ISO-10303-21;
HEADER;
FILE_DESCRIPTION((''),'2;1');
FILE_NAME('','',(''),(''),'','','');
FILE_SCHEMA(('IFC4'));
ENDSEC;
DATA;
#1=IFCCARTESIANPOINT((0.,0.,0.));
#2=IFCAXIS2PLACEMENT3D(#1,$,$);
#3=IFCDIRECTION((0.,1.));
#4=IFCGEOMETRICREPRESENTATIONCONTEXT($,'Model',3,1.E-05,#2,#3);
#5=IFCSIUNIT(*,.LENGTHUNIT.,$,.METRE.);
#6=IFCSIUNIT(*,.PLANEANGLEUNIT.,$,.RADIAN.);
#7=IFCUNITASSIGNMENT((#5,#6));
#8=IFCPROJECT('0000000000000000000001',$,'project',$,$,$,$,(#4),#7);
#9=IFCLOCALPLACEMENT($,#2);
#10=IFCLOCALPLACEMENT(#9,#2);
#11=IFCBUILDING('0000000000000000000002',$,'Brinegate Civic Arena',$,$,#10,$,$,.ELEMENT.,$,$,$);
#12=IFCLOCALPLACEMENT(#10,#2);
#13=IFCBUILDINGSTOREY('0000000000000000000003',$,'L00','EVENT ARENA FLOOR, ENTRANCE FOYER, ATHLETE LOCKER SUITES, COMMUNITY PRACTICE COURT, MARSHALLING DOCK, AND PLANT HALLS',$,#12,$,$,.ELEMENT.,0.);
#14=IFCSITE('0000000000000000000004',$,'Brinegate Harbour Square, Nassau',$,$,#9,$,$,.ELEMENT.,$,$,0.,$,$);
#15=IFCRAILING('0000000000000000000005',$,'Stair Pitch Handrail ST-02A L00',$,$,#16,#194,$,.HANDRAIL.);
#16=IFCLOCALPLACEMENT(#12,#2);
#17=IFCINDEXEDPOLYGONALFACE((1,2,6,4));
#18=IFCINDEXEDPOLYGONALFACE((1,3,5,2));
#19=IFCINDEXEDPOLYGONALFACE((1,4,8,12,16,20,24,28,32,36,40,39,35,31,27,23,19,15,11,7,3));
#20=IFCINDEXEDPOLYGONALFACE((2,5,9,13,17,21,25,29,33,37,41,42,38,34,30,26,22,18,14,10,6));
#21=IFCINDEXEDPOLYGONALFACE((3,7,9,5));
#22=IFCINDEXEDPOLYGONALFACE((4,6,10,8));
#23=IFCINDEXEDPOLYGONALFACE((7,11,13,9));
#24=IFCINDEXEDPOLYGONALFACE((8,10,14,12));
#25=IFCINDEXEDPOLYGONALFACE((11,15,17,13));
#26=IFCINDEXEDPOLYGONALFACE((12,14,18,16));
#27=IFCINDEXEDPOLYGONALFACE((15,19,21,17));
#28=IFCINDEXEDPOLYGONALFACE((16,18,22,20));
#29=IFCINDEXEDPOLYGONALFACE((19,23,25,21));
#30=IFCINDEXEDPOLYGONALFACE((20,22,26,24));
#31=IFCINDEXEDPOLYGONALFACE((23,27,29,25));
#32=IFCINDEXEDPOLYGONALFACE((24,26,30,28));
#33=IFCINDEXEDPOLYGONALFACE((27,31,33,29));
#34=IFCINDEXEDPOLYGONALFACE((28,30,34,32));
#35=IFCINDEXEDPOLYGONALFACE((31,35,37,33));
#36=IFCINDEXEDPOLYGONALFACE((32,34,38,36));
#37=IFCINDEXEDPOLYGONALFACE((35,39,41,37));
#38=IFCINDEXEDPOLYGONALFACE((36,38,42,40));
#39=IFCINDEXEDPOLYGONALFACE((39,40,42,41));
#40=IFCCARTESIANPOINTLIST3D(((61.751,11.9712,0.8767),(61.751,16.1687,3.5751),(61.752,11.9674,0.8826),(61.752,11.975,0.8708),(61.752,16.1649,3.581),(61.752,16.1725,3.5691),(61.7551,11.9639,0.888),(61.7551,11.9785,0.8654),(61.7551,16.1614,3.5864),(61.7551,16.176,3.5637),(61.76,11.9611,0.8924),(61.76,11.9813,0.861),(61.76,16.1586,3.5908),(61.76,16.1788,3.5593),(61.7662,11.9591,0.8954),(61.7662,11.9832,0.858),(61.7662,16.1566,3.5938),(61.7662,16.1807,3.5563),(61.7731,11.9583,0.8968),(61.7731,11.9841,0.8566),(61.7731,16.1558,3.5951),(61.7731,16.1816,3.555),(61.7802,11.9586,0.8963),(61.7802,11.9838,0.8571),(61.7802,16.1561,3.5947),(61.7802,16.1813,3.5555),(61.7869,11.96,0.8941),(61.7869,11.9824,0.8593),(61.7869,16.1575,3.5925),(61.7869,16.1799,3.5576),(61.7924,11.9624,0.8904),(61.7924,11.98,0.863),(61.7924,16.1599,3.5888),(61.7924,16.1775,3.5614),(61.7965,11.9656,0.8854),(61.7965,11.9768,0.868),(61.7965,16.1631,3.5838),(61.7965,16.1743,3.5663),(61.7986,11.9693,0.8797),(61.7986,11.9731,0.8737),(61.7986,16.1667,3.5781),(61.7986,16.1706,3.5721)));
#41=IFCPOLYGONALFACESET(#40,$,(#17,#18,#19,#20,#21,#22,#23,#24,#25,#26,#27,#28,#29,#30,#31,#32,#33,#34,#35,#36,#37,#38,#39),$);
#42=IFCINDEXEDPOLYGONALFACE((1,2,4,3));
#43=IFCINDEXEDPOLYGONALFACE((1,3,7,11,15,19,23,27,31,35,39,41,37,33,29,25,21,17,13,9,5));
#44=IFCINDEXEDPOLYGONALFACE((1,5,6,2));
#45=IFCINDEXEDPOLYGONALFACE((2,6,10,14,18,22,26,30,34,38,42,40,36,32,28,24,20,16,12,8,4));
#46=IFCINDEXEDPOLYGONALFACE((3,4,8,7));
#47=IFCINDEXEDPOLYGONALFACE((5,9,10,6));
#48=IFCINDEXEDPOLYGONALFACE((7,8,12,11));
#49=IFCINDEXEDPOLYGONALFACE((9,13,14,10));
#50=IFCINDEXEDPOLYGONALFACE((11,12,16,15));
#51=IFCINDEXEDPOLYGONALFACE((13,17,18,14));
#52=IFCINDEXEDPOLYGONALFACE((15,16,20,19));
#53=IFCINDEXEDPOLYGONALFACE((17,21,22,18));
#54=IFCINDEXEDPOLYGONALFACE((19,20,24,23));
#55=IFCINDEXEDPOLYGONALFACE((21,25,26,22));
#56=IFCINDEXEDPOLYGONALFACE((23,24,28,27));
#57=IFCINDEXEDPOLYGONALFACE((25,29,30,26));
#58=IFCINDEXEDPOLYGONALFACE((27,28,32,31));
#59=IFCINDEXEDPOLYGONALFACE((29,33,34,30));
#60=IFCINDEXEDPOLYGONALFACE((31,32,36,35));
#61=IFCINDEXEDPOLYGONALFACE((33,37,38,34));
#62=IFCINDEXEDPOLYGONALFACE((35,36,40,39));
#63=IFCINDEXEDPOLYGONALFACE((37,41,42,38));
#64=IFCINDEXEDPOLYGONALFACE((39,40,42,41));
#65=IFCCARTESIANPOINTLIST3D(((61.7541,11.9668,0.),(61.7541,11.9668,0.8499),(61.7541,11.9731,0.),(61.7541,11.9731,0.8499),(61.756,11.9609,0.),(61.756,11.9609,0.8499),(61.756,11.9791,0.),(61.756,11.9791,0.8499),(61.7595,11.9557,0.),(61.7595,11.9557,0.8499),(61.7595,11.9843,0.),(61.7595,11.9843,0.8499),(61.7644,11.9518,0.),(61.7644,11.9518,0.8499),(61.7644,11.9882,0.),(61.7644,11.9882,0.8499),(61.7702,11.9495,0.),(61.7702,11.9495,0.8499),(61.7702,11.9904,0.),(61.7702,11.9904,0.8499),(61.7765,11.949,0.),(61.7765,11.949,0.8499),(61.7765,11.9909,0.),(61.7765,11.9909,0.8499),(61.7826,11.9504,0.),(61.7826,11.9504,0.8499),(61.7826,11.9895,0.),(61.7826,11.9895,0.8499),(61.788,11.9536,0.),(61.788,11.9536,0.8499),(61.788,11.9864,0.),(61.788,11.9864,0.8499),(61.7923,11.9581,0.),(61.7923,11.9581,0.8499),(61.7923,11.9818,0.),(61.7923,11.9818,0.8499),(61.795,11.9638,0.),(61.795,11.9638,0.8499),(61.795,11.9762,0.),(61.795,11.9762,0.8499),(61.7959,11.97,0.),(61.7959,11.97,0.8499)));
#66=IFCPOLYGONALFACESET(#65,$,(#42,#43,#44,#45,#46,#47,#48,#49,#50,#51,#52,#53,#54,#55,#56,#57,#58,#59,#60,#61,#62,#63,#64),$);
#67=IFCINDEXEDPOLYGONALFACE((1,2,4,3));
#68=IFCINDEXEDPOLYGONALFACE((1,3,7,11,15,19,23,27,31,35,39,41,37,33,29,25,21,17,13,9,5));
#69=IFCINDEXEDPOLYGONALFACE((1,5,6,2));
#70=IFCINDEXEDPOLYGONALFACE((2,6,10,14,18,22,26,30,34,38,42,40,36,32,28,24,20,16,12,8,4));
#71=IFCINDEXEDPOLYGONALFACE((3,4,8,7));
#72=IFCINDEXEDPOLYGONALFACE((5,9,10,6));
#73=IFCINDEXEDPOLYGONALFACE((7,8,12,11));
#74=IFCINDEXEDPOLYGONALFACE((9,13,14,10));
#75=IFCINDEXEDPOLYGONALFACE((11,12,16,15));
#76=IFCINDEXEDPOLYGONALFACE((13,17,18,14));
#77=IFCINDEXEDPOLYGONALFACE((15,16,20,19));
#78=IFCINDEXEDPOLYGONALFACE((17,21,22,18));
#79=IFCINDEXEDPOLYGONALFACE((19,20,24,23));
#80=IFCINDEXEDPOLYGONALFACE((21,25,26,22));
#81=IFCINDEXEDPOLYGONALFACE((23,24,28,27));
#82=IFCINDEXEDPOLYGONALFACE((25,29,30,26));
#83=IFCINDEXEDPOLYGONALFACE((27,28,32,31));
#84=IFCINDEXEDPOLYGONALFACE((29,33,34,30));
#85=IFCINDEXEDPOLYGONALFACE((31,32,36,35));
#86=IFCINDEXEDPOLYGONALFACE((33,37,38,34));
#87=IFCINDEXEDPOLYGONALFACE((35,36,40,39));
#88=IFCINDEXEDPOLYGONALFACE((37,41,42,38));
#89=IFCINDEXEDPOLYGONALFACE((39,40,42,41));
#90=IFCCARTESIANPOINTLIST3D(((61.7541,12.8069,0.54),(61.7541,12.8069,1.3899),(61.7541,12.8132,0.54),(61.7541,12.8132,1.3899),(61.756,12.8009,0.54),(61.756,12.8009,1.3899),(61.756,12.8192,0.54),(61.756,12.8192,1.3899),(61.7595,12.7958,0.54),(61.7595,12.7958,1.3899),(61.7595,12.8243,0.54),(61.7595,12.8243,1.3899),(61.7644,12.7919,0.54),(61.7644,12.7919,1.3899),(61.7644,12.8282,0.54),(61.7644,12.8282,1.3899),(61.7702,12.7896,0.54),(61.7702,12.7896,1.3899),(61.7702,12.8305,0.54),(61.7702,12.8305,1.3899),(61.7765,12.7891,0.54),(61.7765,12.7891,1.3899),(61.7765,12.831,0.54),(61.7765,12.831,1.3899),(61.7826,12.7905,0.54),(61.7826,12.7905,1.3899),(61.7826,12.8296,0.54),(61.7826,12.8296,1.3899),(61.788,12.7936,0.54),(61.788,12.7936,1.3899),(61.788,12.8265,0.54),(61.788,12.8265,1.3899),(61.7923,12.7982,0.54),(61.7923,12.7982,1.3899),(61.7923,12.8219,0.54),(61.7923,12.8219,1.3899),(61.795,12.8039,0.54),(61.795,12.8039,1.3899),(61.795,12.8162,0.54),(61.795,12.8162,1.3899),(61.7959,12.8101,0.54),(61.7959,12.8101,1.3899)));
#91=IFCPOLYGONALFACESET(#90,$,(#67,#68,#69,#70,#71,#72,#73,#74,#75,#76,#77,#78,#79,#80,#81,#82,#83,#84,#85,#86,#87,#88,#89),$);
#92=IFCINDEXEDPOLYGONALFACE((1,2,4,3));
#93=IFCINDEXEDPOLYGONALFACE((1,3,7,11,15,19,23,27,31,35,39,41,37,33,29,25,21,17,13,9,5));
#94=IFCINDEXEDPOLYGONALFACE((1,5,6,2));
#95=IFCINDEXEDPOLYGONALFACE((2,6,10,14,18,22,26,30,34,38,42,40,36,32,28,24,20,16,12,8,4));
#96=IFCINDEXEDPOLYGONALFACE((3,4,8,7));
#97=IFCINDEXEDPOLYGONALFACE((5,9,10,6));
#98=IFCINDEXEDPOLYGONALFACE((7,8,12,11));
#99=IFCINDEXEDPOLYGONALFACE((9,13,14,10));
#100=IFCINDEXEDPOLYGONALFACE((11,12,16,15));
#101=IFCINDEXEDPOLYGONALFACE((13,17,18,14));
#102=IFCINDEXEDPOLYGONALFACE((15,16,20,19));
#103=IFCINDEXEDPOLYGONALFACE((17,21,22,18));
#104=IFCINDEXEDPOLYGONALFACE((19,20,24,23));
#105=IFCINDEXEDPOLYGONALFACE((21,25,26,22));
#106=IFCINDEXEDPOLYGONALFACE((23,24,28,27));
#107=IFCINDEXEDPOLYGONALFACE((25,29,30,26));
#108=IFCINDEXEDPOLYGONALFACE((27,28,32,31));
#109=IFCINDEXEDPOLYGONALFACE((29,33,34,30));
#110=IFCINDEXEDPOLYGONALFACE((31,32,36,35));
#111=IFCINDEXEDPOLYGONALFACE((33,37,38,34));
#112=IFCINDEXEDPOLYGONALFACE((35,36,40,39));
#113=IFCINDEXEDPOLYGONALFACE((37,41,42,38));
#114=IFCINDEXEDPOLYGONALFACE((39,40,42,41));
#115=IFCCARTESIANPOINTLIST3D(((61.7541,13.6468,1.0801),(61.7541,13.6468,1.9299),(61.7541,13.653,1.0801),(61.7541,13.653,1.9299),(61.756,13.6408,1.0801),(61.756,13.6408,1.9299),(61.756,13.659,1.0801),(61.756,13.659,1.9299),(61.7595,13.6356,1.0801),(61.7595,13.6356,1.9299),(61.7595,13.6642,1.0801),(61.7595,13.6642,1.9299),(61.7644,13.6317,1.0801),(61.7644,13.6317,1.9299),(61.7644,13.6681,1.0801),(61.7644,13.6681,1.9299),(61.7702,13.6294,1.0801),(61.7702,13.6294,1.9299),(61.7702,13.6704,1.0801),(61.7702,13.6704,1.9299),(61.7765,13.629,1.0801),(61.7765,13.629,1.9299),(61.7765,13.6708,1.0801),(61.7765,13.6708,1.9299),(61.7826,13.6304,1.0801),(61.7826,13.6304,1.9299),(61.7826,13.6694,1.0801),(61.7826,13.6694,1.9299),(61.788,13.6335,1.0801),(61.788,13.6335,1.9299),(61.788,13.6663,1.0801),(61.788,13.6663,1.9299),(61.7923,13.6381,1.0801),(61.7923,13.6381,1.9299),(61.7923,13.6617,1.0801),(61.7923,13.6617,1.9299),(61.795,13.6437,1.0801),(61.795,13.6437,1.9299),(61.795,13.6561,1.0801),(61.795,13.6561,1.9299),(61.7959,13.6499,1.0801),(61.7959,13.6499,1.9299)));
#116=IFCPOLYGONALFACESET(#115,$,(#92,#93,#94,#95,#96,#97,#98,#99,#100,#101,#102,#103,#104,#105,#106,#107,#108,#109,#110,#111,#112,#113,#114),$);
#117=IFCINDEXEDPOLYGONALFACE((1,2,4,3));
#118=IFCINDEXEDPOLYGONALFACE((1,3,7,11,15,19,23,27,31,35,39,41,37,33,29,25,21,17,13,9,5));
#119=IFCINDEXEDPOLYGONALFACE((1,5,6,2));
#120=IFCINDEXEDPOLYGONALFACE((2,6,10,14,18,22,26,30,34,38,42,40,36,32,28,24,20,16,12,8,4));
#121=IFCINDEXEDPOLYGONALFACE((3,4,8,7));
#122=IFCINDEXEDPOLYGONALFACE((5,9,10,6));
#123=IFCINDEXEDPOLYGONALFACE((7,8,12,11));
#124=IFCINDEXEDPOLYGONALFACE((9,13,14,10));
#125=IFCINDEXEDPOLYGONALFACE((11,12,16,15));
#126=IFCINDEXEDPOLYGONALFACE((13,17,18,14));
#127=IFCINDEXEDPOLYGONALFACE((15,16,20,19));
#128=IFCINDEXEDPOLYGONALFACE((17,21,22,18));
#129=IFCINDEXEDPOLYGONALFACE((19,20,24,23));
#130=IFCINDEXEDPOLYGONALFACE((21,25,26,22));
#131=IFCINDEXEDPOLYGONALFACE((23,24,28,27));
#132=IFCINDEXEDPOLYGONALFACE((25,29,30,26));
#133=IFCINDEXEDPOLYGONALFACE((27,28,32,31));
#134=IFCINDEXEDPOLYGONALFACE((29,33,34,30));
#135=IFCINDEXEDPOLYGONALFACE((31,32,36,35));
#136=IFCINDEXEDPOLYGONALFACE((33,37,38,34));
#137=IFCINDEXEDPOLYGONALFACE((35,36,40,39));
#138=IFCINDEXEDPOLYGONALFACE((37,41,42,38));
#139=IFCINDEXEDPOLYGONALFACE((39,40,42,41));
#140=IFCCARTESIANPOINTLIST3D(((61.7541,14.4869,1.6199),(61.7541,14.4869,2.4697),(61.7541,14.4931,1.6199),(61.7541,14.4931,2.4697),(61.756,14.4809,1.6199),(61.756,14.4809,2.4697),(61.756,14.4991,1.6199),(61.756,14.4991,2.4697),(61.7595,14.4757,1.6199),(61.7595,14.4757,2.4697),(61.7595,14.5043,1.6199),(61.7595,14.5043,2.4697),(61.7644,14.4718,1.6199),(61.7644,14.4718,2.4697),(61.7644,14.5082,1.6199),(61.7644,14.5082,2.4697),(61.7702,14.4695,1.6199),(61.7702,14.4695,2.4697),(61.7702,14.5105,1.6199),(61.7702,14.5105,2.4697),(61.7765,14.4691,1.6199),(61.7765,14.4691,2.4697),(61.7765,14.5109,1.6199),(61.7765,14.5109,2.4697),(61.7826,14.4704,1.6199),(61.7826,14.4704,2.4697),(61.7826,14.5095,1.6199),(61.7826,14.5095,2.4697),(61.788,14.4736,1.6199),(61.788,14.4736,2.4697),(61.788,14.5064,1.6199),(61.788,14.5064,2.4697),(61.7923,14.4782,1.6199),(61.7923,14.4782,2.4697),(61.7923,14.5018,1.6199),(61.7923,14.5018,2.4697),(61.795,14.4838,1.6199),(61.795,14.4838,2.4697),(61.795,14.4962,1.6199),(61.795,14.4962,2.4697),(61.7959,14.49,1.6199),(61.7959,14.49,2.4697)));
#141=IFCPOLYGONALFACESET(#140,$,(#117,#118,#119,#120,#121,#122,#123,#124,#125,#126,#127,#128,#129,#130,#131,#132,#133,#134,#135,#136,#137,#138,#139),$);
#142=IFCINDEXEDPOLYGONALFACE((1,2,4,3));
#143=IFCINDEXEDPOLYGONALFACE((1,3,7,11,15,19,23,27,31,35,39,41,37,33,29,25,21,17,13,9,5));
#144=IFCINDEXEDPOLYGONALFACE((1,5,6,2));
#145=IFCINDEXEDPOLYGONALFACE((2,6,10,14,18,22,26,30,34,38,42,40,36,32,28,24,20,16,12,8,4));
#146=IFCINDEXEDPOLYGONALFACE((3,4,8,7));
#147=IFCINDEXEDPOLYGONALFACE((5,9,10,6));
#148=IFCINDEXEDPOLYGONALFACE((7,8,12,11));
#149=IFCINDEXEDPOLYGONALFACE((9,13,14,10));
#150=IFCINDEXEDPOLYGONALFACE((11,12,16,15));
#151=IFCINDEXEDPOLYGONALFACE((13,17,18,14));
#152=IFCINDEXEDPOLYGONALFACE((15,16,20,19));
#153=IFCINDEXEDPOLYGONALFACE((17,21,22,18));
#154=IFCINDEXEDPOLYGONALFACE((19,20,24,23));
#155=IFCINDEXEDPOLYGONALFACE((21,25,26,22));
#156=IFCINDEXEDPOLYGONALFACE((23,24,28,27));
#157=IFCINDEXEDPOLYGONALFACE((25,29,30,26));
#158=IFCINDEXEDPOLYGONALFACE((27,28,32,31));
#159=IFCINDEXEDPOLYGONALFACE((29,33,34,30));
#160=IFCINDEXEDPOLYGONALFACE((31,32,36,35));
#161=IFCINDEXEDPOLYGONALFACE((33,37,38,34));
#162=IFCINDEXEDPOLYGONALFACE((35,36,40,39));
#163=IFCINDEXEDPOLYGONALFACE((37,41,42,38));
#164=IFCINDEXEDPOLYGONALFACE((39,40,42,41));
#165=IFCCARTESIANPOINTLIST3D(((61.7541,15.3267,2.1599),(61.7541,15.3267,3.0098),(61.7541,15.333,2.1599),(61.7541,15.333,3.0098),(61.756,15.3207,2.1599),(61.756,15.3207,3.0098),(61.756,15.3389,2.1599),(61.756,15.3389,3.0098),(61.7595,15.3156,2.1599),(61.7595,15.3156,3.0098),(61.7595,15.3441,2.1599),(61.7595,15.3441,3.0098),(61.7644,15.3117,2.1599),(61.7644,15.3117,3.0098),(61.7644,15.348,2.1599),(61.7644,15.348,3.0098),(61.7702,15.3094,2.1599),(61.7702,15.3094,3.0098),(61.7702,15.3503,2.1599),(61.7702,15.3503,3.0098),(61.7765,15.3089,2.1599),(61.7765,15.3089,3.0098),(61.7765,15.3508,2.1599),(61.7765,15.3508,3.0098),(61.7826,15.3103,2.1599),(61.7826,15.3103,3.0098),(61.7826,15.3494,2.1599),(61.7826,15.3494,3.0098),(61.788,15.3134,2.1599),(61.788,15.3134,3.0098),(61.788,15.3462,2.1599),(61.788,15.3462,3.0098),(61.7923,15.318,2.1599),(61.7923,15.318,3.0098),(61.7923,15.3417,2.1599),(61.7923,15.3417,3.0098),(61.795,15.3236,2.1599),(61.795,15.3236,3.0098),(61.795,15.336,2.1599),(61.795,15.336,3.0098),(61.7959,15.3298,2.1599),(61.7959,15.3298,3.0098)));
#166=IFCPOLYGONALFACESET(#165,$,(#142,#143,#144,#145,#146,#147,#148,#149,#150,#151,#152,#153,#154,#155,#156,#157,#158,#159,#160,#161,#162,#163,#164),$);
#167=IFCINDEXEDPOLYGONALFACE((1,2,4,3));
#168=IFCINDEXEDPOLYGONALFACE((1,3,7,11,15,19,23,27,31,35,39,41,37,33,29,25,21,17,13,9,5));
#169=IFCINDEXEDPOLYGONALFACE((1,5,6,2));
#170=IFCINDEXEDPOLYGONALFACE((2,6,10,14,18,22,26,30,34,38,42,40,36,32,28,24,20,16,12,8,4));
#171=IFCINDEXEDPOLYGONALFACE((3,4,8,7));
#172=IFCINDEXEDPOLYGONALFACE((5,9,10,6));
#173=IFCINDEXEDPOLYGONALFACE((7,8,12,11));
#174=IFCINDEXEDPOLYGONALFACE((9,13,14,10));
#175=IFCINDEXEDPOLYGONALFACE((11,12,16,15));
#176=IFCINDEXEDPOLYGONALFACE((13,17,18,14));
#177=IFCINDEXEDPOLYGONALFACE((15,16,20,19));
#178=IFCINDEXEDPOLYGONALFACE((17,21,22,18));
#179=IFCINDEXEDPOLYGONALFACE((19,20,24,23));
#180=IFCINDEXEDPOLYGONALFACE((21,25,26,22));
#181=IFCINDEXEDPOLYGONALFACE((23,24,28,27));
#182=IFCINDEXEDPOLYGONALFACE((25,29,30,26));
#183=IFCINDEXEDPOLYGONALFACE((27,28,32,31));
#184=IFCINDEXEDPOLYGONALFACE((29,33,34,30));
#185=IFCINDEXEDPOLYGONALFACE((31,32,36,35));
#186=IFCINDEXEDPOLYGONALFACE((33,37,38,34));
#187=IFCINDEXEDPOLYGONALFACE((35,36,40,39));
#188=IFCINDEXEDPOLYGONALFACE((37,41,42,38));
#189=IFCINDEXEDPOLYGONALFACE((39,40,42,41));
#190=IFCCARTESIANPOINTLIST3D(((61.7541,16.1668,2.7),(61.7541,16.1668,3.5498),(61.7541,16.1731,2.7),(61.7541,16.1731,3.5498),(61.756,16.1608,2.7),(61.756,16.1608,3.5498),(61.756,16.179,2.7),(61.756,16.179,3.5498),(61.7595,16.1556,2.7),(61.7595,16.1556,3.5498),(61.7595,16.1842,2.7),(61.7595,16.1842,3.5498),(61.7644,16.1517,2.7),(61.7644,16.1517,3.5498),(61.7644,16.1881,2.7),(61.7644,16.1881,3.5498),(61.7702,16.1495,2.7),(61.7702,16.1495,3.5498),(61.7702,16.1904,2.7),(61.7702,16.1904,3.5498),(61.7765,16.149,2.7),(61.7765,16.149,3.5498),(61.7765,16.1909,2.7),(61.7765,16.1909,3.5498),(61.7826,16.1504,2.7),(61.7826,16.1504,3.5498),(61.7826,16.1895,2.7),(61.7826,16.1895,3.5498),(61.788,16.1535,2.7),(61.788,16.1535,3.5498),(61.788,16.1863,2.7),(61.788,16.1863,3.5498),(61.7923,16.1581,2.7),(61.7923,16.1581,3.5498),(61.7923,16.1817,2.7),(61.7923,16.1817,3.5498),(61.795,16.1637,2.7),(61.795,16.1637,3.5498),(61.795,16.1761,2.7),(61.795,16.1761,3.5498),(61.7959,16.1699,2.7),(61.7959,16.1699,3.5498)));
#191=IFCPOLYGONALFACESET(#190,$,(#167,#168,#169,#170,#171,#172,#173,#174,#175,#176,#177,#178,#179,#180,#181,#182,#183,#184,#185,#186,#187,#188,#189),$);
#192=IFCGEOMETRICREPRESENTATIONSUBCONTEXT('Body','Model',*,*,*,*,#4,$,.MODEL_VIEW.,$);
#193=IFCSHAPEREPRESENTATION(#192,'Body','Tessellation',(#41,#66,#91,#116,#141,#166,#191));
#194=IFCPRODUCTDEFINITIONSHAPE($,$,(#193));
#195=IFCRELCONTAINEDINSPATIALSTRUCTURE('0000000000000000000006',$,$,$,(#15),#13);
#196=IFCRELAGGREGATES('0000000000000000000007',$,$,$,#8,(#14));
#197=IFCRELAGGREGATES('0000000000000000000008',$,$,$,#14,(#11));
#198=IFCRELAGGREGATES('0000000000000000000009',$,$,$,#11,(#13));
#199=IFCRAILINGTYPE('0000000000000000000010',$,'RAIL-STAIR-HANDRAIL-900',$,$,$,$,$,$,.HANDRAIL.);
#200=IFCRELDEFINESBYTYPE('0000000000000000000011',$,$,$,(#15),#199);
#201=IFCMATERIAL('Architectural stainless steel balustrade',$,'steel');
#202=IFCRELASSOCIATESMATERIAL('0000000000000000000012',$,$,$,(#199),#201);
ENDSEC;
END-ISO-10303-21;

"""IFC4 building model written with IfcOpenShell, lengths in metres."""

from ifc_helpers import new_model, si_unit, direction, frame, origin, origin_2d, place, context, subcontext, project, spatial, circle, extrude, material, type_object, element, save


model = new_model("IFC4")

# Units and contexts
model_context = context("Model", 3, precision=1e-05, world=origin(), true_north=direction((0.0, 1.0)))
body_context = subcontext(model_context, "Body", "Model", "MODEL_VIEW")
ifc_project = project(units=[si_unit("LENGTHUNIT", "METRE"), si_unit("PLANEANGLEUNIT", "RADIAN")], contexts=[model_context])

# Site, building, storey
site_placement = place(None, origin())
site = spatial("IfcSite", under=ifc_project, at=site_placement, Name="Brinegate Harbour Square, Nassau", CompositionType="ELEMENT", RefElevation=0.0)
building_placement = place(site_placement, origin())
building = spatial("IfcBuilding", under=site, at=building_placement, Name="Brinegate Civic Arena", CompositionType="ELEMENT")
storey_placement = place(building_placement, origin())
storey = spatial("IfcBuildingStorey", under=building, at=storey_placement, Name="L00", Description="EVENT ARENA FLOOR, ENTRANCE FOYER, ATHLETE LOCKER SUITES, COMMUNITY PRACTICE COURT, MARSHALLING DOCK, AND PLANT HALLS", CompositionType="ELEMENT", Elevation=0.0)

# Railing
ifc_material_1 = material(Name="Architectural stainless steel balustrade", Category="steel")
railing_type = type_object("IfcRailingType", Name="RAIL-STAIR-HANDRAIL-900", PredefinedType="HANDRAIL", material=ifc_material_1)
railing_placement = place(storey_placement, frame((61.7749, 11.97, 0.0)))
element("IfcRailing", 1, at=railing_placement, inside=storey, type_object=railing_type, Name="Stair Pitch Handrail ST-02A L00", PredefinedType="HANDRAIL", context=body_context, shape_type="SweptSolid", body=[
    extrude(circle(Radius=0.0239, at=origin_2d()), frame((0.0, 0.0012, 0.8767), z_axis=(0.0, 0.84118, 0.540755), x_axis=(-1.0, 0.0, 0.0)), (0.0, 0.0, 1.0), 4.99),
    extrude(circle(Radius=0.021, at=origin_2d()), origin(), (0.0, 0.0, 1.0), 0.8499),
    extrude(circle(Radius=0.021, at=origin_2d()), frame((0.0, 0.8401, 0.54)), (0.0, 0.0, 1.0), 0.8499),
    extrude(circle(Radius=0.021, at=origin_2d()), frame((0.0, 1.6799, 1.0801)), (0.0, 0.0, 1.0), 0.8499),
    extrude(circle(Radius=0.021, at=origin_2d()), frame((0.0, 2.52, 1.6199)), (0.0, 0.0, 1.0), 0.8499),
    extrude(circle(Radius=0.021, at=origin_2d()), frame((0.0, 3.3599, 2.1599)), (0.0, 0.0, 1.0), 0.8499),
    extrude(circle(Radius=0.021, at=origin_2d()), frame((0.0, 4.2, 2.7)), (0.0, 0.0, 1.0), 0.8499),
])

save(model, "model.ifc")
